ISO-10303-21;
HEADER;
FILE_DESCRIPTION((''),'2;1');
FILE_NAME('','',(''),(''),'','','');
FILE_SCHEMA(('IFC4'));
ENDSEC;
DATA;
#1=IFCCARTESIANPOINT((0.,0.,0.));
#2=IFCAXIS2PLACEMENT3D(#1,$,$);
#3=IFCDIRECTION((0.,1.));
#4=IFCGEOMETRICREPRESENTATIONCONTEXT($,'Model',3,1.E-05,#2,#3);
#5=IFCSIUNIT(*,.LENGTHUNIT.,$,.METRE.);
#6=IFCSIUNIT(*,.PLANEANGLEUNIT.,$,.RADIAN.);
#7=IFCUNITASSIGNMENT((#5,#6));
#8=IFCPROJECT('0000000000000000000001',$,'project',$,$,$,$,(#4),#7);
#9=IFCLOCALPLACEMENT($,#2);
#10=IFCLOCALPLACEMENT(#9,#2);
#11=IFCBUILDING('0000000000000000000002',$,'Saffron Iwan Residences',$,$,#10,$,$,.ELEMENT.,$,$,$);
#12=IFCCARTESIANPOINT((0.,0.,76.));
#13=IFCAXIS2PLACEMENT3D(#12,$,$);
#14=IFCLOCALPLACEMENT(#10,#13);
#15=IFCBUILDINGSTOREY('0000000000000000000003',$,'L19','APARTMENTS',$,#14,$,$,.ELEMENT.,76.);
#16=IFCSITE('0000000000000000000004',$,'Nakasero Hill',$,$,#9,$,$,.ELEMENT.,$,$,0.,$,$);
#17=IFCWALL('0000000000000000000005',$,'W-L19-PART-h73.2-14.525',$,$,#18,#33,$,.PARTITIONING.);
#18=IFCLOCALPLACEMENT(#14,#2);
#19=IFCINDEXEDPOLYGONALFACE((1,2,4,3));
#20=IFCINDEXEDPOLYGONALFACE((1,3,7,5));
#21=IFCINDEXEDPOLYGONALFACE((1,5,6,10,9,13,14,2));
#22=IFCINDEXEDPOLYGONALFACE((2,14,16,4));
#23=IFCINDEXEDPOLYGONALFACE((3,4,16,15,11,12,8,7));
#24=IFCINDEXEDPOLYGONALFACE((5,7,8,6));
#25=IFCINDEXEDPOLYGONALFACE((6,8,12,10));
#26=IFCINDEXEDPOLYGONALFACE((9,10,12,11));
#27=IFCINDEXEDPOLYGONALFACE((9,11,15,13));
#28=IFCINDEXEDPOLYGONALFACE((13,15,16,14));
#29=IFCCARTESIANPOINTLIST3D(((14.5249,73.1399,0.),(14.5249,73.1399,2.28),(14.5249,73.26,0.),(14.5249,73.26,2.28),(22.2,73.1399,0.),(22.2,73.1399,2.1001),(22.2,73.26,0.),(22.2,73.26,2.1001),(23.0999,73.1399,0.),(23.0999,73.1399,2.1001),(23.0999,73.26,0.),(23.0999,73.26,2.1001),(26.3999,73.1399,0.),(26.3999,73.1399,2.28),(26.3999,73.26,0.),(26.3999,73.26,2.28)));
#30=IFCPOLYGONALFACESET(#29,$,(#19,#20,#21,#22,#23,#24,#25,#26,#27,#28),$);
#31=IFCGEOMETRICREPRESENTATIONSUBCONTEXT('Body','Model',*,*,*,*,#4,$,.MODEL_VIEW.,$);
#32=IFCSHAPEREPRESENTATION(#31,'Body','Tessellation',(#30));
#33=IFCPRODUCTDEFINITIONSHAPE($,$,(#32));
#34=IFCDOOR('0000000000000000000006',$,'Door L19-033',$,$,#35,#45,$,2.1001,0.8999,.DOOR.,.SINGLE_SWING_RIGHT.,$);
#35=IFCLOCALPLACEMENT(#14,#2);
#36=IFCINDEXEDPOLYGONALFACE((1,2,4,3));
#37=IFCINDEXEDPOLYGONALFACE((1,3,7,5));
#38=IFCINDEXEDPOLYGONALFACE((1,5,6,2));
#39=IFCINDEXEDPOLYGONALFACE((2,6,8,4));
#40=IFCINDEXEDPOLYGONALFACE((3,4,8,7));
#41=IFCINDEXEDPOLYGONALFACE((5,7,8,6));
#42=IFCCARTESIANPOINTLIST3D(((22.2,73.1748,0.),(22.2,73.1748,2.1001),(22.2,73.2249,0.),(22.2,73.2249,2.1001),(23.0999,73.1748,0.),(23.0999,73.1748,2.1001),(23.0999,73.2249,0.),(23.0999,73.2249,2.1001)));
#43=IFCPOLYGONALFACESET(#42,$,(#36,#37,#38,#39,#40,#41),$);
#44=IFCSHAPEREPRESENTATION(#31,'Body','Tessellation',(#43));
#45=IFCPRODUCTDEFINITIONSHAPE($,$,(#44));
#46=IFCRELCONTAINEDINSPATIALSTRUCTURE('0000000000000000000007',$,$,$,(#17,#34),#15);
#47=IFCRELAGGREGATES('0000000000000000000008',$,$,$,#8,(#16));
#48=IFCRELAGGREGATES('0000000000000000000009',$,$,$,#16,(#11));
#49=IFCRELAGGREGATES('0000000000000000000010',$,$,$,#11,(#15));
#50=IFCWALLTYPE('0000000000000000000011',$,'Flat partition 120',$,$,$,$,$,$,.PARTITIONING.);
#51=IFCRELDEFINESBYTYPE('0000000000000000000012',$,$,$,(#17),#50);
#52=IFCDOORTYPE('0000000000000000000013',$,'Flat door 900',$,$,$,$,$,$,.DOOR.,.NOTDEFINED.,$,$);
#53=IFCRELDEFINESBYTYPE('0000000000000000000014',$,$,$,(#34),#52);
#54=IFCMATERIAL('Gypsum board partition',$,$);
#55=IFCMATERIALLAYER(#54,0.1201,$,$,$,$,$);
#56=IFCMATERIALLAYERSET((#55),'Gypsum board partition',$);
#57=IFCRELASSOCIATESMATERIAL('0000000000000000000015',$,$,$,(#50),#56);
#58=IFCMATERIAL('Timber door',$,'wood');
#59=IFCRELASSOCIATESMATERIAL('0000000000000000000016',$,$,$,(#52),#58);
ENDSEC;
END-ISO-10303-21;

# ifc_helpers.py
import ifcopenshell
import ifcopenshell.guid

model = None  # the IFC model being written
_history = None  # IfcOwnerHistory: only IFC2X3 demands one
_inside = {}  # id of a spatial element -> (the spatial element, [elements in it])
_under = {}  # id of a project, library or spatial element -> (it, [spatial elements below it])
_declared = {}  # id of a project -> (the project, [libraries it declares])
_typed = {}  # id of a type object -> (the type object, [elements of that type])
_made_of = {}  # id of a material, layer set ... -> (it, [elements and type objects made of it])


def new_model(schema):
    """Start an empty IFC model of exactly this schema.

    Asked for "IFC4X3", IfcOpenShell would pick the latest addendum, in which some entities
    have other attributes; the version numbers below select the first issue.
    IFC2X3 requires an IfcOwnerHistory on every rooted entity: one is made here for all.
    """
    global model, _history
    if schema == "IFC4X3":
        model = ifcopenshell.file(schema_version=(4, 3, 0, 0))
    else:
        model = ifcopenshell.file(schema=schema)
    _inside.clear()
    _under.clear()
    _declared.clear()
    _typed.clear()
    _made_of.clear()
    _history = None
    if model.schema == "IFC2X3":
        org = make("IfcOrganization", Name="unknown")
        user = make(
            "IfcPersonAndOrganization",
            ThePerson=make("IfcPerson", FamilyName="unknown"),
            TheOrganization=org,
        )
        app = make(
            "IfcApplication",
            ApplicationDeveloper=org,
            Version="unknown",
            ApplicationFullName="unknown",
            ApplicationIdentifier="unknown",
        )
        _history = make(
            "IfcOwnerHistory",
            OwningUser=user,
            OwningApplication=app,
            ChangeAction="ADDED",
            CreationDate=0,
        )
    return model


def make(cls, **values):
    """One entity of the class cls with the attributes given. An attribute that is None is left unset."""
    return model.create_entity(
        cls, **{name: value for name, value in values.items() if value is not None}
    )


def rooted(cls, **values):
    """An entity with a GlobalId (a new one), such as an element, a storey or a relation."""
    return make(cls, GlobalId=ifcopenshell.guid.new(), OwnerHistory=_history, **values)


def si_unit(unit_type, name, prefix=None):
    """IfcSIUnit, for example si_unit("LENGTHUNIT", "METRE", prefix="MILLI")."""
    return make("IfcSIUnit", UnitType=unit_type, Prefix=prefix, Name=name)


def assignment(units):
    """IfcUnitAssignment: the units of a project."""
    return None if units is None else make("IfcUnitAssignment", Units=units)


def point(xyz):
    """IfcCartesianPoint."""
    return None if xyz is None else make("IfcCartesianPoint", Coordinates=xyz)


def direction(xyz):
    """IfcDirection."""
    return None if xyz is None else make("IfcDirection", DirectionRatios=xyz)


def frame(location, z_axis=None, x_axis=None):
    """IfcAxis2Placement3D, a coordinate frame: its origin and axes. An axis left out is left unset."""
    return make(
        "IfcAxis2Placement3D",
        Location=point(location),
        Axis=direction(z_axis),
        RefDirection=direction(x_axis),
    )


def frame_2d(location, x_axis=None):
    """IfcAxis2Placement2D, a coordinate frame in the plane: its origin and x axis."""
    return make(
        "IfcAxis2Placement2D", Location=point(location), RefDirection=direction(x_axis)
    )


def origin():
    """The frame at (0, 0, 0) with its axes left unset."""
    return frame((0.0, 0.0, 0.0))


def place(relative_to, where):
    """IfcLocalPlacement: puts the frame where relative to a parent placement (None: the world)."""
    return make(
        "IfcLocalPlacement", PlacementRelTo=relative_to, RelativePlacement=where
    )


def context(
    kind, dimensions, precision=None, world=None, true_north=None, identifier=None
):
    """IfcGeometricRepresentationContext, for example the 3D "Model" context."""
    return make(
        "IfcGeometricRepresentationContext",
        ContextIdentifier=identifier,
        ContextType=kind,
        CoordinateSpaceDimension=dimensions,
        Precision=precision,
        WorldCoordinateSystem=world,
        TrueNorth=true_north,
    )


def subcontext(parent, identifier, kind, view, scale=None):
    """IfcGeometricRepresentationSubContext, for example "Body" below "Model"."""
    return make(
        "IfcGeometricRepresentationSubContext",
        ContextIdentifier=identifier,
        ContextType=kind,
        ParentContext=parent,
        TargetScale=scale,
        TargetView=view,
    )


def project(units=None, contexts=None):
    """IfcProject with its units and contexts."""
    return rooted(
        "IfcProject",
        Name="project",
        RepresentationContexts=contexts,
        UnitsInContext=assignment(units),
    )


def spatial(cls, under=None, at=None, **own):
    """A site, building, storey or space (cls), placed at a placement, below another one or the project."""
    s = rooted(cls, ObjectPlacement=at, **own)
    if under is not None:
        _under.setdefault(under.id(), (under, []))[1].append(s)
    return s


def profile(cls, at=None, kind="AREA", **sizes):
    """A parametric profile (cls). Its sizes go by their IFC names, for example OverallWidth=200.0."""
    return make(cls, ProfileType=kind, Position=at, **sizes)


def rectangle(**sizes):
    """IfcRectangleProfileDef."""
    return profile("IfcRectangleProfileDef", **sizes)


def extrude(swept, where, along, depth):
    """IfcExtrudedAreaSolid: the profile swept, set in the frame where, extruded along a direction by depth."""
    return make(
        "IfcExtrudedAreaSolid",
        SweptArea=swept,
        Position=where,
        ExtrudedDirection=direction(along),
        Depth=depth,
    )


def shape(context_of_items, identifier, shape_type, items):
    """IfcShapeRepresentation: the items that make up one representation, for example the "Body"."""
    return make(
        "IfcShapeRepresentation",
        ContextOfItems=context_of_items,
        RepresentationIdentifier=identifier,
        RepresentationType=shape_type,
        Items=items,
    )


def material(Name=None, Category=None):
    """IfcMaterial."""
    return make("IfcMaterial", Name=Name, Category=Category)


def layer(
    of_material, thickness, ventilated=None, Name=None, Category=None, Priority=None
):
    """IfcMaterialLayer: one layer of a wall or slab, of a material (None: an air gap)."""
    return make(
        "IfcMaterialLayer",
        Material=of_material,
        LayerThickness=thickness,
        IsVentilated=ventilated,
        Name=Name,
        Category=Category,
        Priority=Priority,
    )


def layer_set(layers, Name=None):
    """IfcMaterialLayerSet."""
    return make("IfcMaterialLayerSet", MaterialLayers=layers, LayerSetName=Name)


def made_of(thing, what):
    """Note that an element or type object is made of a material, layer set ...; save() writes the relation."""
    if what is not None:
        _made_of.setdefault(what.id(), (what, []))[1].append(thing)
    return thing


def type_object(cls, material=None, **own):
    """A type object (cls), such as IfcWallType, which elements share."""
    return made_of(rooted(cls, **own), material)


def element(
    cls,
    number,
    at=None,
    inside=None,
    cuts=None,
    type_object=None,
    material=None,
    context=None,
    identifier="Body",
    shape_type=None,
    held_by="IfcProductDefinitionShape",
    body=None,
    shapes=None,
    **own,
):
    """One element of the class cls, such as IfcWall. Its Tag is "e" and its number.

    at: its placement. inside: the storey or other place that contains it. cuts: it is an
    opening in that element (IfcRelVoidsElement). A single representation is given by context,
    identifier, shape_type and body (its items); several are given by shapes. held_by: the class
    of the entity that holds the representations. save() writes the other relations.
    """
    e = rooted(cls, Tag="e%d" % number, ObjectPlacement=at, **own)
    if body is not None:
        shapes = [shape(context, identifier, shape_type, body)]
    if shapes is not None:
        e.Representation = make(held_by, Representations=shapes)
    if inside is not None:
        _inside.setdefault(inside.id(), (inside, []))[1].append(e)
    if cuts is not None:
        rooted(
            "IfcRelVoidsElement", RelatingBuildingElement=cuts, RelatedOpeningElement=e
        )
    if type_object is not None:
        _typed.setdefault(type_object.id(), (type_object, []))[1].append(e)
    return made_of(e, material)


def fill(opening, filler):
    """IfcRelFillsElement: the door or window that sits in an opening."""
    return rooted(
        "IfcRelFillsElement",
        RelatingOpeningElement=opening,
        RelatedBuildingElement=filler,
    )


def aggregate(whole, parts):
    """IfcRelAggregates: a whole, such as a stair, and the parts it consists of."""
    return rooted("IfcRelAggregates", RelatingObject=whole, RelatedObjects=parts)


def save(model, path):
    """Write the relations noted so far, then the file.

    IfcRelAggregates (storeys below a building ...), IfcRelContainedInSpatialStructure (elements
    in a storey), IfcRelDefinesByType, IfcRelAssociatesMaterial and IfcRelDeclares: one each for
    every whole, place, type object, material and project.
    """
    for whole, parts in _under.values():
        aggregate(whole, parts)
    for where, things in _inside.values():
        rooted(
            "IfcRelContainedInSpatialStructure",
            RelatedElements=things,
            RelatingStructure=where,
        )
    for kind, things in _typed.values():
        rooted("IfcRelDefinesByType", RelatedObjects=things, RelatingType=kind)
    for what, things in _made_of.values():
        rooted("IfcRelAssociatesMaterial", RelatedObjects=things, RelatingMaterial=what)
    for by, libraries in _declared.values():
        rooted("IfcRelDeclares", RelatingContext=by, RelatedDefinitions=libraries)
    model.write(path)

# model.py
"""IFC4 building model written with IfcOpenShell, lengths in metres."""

from ifc_helpers import new_model, si_unit, direction, frame, frame_2d, origin, place, context, subcontext, project, spatial, rectangle, extrude, material, layer, layer_set, type_object, element, fill, save


model = new_model("IFC4")

# Units and contexts
model_context = context("Model", 3, precision=1e-05, world=origin(), true_north=direction((0.0, 1.0)))
body_context = subcontext(model_context, "Body", "Model", "MODEL_VIEW")
ifc_project = project(units=[si_unit("LENGTHUNIT", "METRE"), si_unit("PLANEANGLEUNIT", "RADIAN")], contexts=[model_context])

# Site, building, storey
site_placement = place(None, origin())
site = spatial("IfcSite", under=ifc_project, at=site_placement, Name="Nakasero Hill", CompositionType="ELEMENT", RefElevation=0.0)
building_placement = place(site_placement, origin())
building = spatial("IfcBuilding", under=site, at=building_placement, Name="Saffron Iwan Residences", CompositionType="ELEMENT")
storey_placement = place(building_placement, frame((0.0, 0.0, 76.0)))
storey = spatial("IfcBuildingStorey", under=building, at=storey_placement, Name="L19", Description="APARTMENTS", CompositionType="ELEMENT", Elevation=76.0)

# Shared definitions
ifc_material_1 = material(Name="Gypsum board partition")
ifc_layer_1 = layer(ifc_material_1, 0.1201)
ifc_layer_set_1 = layer_set([ifc_layer_1], Name="Gypsum board partition")
wall_type_1 = type_object("IfcWallType", Name="Flat partition 120", PredefinedType="PARTITIONING", material=ifc_layer_set_1)

# Wall, opening, door
wall_1_placement = place(storey_placement, frame((14.5249, 73.2, 0.0), z_axis=(0.0, 0.0, 1.0), x_axis=(1.0, 0.0, 0.0)))
wall_1 = element("IfcWall", 1, at=wall_1_placement, inside=storey, type_object=wall_type_1, Name="W-L19-PART-h73.2-14.525", PredefinedType="PARTITIONING", context=body_context, shape_type="SweptSolid", body=[
    extrude(rectangle(XDim=11.875, YDim=0.1201, at=frame_2d((5.9375, 0.0))), origin(), (0.0, 0.0, 1.0), 2.28),
])
opening_1_placement = place(wall_1_placement, frame((7.675, 0.0, 0.0)))
opening_1 = element("IfcOpeningElement", 2, at=opening_1_placement, cuts=wall_1, PredefinedType="OPENING", context=body_context, shape_type="SweptSolid", body=[
    extrude(rectangle(XDim=0.8999, YDim=2.1001, at=frame_2d((0.45, 1.05))), frame((0.0, 0.0701, 0.0), z_axis=(0.0, -1.0, 0.0), x_axis=(1.0, 0.0, 0.0)), (0.0, 0.0, 1.0), 0.1401),
])
ifc_material_2 = material(Name="Timber door", Category="wood")
door_type_1 = type_object("IfcDoorType", Name="Flat door 900", OperationType="NOTDEFINED", PredefinedType="DOOR", material=ifc_material_2)
door_1_placement = place(opening_1_placement, origin())
door_1 = element("IfcDoor", 3, at=door_1_placement, inside=storey, type_object=door_type_1, Name="Door L19-033", OperationType="SINGLE_SWING_RIGHT", OverallHeight=2.1001, OverallWidth=0.8999, PredefinedType="DOOR", context=body_context, shape_type="SweptSolid", body=[
    extrude(rectangle(XDim=0.8999, YDim=2.1001, at=frame_2d((0.45, 1.05))), frame((0.0, 0.0249, 0.0), z_axis=(0.0, -1.0, 0.0), x_axis=(1.0, 0.0, 0.0)), (0.0, 0.0, 1.0), 0.05),
])
fill(opening_1, door_1)

save(model, "model.ifc")
